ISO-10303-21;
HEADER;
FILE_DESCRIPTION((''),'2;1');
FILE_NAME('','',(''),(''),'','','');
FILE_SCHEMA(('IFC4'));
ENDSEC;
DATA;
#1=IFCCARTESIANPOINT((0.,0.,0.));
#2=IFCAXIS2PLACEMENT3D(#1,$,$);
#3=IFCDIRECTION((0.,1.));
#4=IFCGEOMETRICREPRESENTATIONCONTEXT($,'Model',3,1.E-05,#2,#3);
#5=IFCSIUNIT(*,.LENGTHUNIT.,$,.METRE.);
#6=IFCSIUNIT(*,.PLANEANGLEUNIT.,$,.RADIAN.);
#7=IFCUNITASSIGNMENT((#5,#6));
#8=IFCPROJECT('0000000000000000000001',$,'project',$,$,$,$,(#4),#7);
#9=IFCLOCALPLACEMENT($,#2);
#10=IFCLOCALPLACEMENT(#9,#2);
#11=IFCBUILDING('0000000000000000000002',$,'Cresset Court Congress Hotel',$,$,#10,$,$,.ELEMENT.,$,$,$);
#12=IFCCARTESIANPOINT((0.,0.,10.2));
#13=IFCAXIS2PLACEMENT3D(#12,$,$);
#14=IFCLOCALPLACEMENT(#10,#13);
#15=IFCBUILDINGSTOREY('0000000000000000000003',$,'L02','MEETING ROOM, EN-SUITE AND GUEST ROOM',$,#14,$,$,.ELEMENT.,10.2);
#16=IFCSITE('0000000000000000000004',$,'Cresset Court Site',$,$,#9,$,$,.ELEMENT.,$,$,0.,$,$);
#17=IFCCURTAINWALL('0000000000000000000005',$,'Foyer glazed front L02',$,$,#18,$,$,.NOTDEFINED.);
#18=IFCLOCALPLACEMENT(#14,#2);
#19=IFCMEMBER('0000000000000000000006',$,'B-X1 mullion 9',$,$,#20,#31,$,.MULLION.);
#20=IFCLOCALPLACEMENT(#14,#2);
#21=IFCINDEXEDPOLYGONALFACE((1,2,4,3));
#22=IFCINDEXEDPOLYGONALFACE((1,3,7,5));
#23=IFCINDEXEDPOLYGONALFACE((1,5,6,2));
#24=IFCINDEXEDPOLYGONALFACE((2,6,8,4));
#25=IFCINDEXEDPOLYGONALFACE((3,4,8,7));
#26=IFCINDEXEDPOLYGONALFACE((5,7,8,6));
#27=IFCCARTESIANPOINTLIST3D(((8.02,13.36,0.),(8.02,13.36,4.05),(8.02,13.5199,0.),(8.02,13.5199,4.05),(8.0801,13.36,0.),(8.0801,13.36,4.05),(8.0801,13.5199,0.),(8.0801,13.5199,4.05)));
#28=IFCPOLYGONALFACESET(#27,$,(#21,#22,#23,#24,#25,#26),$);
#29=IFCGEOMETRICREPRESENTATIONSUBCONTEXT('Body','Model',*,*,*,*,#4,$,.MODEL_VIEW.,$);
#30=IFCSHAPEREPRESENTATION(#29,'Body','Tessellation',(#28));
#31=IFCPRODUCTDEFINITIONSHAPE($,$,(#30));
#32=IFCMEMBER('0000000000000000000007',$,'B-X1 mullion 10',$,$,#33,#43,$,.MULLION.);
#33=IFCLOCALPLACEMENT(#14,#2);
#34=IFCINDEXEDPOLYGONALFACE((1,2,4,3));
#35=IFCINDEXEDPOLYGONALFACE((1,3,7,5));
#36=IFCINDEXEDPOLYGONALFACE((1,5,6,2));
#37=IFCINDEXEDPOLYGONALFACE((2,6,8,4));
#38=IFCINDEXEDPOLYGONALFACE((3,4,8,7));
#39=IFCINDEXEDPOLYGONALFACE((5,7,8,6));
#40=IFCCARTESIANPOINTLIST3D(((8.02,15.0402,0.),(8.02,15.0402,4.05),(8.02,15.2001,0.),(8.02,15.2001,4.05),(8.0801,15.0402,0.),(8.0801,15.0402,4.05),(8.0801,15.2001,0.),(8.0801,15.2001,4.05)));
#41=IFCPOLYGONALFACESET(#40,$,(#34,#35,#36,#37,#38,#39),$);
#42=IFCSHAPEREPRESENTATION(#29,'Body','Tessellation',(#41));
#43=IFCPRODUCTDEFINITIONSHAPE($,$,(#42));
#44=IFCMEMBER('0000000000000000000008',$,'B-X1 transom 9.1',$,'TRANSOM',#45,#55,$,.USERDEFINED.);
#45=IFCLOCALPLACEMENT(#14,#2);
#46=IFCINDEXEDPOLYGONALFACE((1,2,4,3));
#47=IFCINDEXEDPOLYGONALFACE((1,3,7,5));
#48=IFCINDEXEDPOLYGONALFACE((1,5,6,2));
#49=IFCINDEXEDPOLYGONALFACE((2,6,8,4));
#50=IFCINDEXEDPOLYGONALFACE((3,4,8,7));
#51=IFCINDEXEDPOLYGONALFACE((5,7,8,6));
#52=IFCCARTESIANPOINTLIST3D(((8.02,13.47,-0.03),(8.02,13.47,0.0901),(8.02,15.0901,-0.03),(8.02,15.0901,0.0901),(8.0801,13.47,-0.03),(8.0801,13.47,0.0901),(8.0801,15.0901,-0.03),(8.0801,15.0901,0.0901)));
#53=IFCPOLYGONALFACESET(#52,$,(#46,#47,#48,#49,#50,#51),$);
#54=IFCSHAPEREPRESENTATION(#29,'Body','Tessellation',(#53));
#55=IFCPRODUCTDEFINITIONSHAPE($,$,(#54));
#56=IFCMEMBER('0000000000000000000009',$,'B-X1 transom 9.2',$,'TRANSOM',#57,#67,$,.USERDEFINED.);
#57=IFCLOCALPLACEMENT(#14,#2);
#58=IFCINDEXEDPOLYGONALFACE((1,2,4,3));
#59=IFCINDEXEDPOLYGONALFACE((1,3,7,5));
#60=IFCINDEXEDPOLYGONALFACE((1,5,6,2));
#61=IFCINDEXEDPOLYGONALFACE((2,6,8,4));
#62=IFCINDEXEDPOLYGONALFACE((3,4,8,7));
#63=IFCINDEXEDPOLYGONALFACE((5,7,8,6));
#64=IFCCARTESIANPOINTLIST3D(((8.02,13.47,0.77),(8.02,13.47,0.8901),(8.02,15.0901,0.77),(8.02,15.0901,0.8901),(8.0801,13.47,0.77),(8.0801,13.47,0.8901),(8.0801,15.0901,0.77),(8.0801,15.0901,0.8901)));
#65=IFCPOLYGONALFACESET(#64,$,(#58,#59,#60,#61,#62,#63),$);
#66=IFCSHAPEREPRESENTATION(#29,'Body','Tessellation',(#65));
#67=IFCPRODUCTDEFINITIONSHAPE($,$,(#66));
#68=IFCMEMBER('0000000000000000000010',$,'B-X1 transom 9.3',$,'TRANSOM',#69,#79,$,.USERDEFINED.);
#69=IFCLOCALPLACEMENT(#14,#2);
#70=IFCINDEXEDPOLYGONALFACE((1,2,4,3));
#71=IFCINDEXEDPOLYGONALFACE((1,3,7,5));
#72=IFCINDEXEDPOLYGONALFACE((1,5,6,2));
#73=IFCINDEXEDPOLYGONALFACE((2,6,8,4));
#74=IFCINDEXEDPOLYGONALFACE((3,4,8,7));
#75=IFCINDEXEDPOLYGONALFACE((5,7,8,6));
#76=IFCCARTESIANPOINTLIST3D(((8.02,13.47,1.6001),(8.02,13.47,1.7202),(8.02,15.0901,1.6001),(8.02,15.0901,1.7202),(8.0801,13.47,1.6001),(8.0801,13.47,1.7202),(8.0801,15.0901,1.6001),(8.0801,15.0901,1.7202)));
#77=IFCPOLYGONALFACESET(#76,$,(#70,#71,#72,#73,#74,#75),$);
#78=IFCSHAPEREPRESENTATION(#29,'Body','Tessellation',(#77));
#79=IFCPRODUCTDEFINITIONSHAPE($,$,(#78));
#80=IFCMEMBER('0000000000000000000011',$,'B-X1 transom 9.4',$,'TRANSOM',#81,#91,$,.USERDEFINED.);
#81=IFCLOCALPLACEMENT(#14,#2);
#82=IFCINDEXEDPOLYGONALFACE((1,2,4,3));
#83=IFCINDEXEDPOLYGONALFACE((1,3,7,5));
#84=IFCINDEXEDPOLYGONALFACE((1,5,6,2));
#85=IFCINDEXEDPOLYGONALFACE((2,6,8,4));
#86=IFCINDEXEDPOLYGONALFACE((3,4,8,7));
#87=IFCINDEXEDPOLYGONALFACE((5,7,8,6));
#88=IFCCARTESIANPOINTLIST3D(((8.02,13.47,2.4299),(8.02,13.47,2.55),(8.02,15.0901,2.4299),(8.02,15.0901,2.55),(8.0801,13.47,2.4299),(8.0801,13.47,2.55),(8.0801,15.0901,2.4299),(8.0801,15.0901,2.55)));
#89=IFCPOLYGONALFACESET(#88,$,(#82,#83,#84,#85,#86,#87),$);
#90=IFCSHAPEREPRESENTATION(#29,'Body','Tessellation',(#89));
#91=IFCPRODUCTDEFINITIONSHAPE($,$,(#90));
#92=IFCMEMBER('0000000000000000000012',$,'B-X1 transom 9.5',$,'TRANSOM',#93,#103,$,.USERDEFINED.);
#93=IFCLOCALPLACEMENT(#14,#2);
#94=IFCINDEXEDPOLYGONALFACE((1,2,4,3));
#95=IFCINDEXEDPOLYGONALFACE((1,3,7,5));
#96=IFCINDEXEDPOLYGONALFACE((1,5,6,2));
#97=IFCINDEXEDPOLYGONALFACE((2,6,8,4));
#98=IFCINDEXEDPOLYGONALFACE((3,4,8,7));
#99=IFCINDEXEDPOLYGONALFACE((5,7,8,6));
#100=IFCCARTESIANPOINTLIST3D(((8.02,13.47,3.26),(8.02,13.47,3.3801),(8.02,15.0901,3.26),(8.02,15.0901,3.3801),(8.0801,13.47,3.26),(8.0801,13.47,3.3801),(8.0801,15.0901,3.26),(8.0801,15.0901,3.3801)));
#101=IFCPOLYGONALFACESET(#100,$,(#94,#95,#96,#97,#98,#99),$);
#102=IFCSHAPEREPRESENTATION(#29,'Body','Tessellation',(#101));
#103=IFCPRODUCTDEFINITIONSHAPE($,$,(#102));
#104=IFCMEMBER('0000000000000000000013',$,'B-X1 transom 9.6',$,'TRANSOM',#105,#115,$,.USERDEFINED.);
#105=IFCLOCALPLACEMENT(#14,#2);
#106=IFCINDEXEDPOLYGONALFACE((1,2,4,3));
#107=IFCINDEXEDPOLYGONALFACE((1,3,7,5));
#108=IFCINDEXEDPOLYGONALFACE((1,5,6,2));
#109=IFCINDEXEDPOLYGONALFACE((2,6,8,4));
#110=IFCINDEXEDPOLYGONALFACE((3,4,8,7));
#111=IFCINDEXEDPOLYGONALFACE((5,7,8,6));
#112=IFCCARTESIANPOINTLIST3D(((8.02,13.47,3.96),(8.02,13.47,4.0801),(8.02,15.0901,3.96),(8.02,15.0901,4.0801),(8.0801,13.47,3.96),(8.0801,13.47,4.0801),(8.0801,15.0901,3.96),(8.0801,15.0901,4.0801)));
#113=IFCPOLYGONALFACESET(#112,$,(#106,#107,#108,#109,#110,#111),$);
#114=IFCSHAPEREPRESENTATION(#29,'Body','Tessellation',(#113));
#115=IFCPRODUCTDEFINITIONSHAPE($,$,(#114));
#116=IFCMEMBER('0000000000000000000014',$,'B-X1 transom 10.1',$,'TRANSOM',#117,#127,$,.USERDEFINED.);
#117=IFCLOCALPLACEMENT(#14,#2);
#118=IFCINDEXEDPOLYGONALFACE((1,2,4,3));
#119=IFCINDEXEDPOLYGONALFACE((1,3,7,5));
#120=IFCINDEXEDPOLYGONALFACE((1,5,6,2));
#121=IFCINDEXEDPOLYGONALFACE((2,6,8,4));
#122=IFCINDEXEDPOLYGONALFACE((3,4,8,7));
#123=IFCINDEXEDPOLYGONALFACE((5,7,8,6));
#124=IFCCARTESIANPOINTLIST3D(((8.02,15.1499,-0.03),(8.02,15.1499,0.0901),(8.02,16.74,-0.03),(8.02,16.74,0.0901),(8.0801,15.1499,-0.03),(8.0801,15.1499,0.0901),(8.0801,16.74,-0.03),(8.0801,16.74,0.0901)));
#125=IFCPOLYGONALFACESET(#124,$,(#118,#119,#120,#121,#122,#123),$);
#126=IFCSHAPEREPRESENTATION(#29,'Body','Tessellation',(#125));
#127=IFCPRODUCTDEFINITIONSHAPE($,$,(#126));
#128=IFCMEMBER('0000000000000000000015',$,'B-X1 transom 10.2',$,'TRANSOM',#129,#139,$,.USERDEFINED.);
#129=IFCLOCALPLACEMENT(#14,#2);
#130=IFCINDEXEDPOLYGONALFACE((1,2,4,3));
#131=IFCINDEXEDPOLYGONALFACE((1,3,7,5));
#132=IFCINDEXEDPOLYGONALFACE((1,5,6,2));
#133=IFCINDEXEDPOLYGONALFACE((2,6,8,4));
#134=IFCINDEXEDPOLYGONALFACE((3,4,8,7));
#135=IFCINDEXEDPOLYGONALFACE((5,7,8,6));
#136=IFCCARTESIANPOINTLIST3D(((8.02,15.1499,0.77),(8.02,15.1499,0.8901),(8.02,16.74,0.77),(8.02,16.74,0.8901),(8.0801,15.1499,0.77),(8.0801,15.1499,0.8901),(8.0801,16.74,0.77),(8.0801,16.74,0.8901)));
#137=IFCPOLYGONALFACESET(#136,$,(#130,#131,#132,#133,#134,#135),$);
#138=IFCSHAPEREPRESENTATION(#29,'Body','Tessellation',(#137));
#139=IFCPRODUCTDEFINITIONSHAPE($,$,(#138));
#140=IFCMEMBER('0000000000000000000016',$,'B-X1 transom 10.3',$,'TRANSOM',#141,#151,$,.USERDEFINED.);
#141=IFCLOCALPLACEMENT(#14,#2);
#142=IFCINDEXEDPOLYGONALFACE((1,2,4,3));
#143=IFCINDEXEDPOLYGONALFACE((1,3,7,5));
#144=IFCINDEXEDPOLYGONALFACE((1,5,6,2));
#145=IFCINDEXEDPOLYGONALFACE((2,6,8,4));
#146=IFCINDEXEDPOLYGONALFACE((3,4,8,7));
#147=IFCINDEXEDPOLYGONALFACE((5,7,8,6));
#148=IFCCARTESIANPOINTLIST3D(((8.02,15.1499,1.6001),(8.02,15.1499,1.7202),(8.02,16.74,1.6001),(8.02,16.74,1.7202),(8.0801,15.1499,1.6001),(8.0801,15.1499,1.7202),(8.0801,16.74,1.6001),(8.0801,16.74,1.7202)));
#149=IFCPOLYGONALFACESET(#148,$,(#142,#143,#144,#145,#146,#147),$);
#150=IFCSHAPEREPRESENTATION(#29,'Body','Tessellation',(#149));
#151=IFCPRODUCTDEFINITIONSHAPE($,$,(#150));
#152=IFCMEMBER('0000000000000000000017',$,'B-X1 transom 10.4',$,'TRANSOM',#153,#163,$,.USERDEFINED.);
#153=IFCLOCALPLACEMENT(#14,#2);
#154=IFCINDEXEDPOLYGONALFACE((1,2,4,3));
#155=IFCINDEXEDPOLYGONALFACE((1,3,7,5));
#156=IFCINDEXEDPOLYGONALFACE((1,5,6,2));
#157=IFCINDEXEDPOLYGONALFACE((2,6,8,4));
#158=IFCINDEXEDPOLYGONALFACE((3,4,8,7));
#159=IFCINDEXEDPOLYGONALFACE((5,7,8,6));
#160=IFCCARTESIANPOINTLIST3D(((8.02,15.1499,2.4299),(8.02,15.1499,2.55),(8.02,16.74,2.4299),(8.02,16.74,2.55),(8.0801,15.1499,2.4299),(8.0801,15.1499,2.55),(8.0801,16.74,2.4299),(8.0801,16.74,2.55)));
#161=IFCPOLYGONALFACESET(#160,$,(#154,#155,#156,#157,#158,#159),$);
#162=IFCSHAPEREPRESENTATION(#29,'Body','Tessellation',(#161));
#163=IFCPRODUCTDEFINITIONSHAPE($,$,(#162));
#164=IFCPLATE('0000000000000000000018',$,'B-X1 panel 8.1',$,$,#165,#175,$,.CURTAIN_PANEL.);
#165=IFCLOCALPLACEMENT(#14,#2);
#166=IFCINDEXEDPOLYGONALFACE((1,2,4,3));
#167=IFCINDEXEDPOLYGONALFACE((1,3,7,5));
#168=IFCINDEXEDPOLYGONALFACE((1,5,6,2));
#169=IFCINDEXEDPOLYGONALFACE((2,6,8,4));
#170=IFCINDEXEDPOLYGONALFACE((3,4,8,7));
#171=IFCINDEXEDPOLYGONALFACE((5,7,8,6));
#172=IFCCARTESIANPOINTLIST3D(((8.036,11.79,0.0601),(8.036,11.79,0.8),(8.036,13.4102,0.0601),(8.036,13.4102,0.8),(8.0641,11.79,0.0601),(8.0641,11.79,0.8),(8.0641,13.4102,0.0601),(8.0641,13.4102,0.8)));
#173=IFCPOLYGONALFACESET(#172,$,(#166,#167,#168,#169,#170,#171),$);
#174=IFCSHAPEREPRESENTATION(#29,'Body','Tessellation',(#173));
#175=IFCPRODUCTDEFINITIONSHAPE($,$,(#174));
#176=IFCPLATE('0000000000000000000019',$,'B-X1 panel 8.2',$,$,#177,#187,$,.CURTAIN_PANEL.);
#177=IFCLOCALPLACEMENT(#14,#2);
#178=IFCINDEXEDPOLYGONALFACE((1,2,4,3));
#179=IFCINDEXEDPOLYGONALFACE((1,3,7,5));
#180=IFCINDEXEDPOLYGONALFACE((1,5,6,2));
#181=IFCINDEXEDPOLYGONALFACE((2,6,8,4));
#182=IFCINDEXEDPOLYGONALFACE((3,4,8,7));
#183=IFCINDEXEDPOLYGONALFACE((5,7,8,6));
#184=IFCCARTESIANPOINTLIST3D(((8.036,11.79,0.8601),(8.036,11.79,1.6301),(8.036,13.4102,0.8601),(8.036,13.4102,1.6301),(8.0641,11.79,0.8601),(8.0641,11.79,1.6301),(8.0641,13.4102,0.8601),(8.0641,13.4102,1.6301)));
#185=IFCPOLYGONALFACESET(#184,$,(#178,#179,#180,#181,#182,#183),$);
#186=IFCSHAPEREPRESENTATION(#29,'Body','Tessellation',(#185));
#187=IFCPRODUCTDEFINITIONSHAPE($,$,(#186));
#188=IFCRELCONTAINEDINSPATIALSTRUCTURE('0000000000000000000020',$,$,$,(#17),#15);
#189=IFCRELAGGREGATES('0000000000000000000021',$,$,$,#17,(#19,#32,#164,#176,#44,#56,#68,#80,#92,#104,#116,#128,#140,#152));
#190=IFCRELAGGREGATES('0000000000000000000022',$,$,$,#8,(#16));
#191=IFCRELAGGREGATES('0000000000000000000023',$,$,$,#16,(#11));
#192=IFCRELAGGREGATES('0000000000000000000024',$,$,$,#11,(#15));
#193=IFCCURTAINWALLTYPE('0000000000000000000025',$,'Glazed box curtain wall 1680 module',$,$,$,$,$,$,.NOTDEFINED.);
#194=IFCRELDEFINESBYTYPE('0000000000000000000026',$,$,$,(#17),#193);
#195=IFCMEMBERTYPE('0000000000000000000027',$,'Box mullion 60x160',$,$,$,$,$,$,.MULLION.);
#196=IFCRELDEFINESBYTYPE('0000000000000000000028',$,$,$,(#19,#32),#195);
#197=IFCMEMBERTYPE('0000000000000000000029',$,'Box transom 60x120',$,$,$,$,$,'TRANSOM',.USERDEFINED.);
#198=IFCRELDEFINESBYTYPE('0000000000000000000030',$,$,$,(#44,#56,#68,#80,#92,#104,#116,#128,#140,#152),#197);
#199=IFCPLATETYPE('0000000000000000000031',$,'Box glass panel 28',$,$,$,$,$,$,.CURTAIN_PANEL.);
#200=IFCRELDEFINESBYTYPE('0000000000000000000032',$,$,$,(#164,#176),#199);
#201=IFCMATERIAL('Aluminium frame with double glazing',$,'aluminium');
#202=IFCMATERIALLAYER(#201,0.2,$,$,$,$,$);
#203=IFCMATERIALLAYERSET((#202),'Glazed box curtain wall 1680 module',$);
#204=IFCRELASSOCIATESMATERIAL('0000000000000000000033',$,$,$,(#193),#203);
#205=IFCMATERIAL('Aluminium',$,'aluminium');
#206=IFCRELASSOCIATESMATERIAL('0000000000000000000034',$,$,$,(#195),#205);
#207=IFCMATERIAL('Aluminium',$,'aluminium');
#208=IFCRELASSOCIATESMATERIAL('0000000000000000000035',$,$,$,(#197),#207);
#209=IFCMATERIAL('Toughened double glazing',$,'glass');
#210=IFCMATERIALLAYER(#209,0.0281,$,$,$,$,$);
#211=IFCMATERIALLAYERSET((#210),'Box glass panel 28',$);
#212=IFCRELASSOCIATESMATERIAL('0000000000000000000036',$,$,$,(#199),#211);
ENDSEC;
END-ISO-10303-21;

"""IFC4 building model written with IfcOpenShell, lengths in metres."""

from ifc_helpers import new_model, si_unit, direction, frame, origin, origin_2d, place, context, subcontext, project, spatial, rectangle, extrude, material, layer, layer_set, material_profile, profile_set, type_object, element, aggregate, save


model = new_model("IFC4")

# Units and contexts
model_context = context("Model", 3, precision=1e-05, world=origin(), true_north=direction((0.0, 1.0)))
body_context = subcontext(model_context, "Body", "Model", "MODEL_VIEW")
ifc_project = project(units=[si_unit("LENGTHUNIT", "METRE"), si_unit("PLANEANGLEUNIT", "RADIAN")], contexts=[model_context])

# Site, building, storey
site_placement = place(None, origin())
site = spatial("IfcSite", under=ifc_project, at=site_placement, Name="Cresset Court Site", CompositionType="ELEMENT", RefElevation=0.0)
building_placement = place(site_placement, origin())
building = spatial("IfcBuilding", under=site, at=building_placement, Name="Cresset Court Congress Hotel", CompositionType="ELEMENT")
storey_placement = place(building_placement, frame((0.0, 0.0, 10.2)))
storey = spatial("IfcBuildingStorey", under=building, at=storey_placement, Name="L02", Description="MEETING ROOM, EN-SUITE AND GUEST ROOM", CompositionType="ELEMENT", Elevation=10.2)

# Curtain wall, members, plates
ifc_material_1 = material(Name="Aluminium frame with double glazing", Category="aluminium")
ifc_layer_1 = layer(ifc_material_1, 0.2)
ifc_layer_set_1 = layer_set([ifc_layer_1], Name="Glazed box curtain wall 1680 module")
curtain_wall_type = type_object("IfcCurtainWallType", Name="Glazed box curtain wall 1680 module", PredefinedType="NOTDEFINED", material=ifc_layer_set_1)
curtain_wall_placement = place(storey_placement, origin())
curtain_wall = element("IfcCurtainWall", 1, at=curtain_wall_placement, inside=storey, type_object=curtain_wall_type, Name="Foyer glazed front L02", PredefinedType="NOTDEFINED")
ifc_material_2 = material(Name="Aluminium", Category="aluminium")
ifc_material_profile_1 = material_profile(ifc_material_2, rectangle(XDim=0.0601, YDim=0.1599, at=origin_2d()), Name="Box mullion 60x160")
ifc_profile_set_1 = profile_set([ifc_material_profile_1], Name="Aluminium")
member_type_1 = type_object("IfcMemberType", Name="Box mullion 60x160", PredefinedType="MULLION", material=ifc_profile_set_1)
member_1_placement = place(storey_placement, frame((8.05, 13.4399, 0.0), z_axis=(0.0, 0.0, 1.0), x_axis=(-1.0, 0.0, 0.0)))
member_1 = element("IfcMember", 2, at=member_1_placement, type_object=member_type_1, Name="B-X1 mullion 9", PredefinedType="MULLION", context=body_context, shape_type="SweptSolid", body=[
    extrude(rectangle(XDim=0.0601, YDim=0.1599, at=origin_2d()), origin(), (0.0, 0.0, 1.0), 4.05),
])
member_2_placement = place(storey_placement, frame((8.05, 15.1201, 0.0), z_axis=(0.0, 0.0, 1.0), x_axis=(-1.0, 0.0, 0.0)))
member_2 = element("IfcMember", 3, at=member_2_placement, type_object=member_type_1, Name="B-X1 mullion 10", PredefinedType="MULLION", context=body_context, shape_type="SweptSolid", body=[
    extrude(rectangle(XDim=0.0601, YDim=0.1599, at=origin_2d()), origin(), (0.0, 0.0, 1.0), 4.05),
])
ifc_material_3 = material(Name="Aluminium", Category="aluminium")
ifc_material_profile_2 = material_profile(ifc_material_3, rectangle(XDim=0.0601, YDim=0.1201, at=origin_2d()), Name="Box transom 60x120")
ifc_profile_set_2 = profile_set([ifc_material_profile_2], Name="Aluminium")
member_type_2 = type_object("IfcMemberType", Name="Box transom 60x120", ElementType="TRANSOM", PredefinedType="USERDEFINED", material=ifc_profile_set_2)
member_3_placement = place(storey_placement, frame((8.05, 13.47, 0.03), z_axis=(0.0, 1.0, 0.0), x_axis=(-1.0, 0.0, 0.0)))
member_3 = element("IfcMember", 4, at=member_3_placement, type_object=member_type_2, Name="B-X1 transom 9.1", ObjectType="TRANSOM", PredefinedType="USERDEFINED", context=body_context, shape_type="SweptSolid", body=[
    extrude(rectangle(XDim=0.0601, YDim=0.1201, at=origin_2d()), origin(), (0.0, 0.0, 1.0), 1.6201),
])
member_4_placement = place(storey_placement, frame((8.05, 13.47, 0.8301), z_axis=(0.0, 1.0, 0.0), x_axis=(-1.0, 0.0, 0.0)))
member_4 = element("IfcMember", 5, at=member_4_placement, type_object=member_type_2, Name="B-X1 transom 9.2", ObjectType="TRANSOM", PredefinedType="USERDEFINED", context=body_context, shape_type="SweptSolid", body=[
    extrude(rectangle(XDim=0.0601, YDim=0.1201, at=origin_2d()), origin(), (0.0, 0.0, 1.0), 1.6201),
])
member_5_placement = place(storey_placement, frame((8.05, 13.47, 1.6602), z_axis=(0.0, 1.0, 0.0), x_axis=(-1.0, 0.0, 0.0)))
member_5 = element("IfcMember", 6, at=member_5_placement, type_object=member_type_2, Name="B-X1 transom 9.3", ObjectType="TRANSOM", PredefinedType="USERDEFINED", context=body_context, shape_type="SweptSolid", body=[
    extrude(rectangle(XDim=0.0601, YDim=0.1201, at=origin_2d()), origin(), (0.0, 0.0, 1.0), 1.6201),
])
member_6_placement = place(storey_placement, frame((8.05, 13.47, 2.49), z_axis=(0.0, 1.0, 0.0), x_axis=(-1.0, 0.0, 0.0)))
member_6 = element("IfcMember", 7, at=member_6_placement, type_object=member_type_2, Name="B-X1 transom 9.4", ObjectType="TRANSOM", PredefinedType="USERDEFINED", context=body_context, shape_type="SweptSolid", body=[
    extrude(rectangle(XDim=0.0601, YDim=0.1201, at=origin_2d()), origin(), (0.0, 0.0, 1.0), 1.6201),
])
member_7_placement = place(storey_placement, frame((8.05, 13.47, 3.3201), z_axis=(0.0, 1.0, 0.0), x_axis=(-1.0, 0.0, 0.0)))
member_7 = element("IfcMember", 8, at=member_7_placement, type_object=member_type_2, Name="B-X1 transom 9.5", ObjectType="TRANSOM", PredefinedType="USERDEFINED", context=body_context, shape_type="SweptSolid", body=[
    extrude(rectangle(XDim=0.0601, YDim=0.1201, at=origin_2d()), origin(), (0.0, 0.0, 1.0), 1.6201),
])
member_8_placement = place(storey_placement, frame((8.05, 13.47, 4.02), z_axis=(0.0, 1.0, 0.0), x_axis=(-1.0, 0.0, 0.0)))
member_8 = element("IfcMember", 9, at=member_8_placement, type_object=member_type_2, Name="B-X1 transom 9.6", ObjectType="TRANSOM", PredefinedType="USERDEFINED", context=body_context, shape_type="SweptSolid", body=[
    extrude(rectangle(XDim=0.0601, YDim=0.1201, at=origin_2d()), origin(), (0.0, 0.0, 1.0), 1.6201),
])
member_9_placement = place(storey_placement, frame((8.05, 15.1499, 0.03), z_axis=(0.0, 1.0, 0.0), x_axis=(-1.0, 0.0, 0.0)))
member_9 = element("IfcMember", 10, at=member_9_placement, type_object=member_type_2, Name="B-X1 transom 10.1", ObjectType="TRANSOM", PredefinedType="USERDEFINED", context=body_context, shape_type="SweptSolid", body=[
    extrude(rectangle(XDim=0.0601, YDim=0.1201, at=origin_2d()), origin(), (0.0, 0.0, 1.0), 1.5901),
])
member_10_placement = place(storey_placement, frame((8.05, 15.1499, 0.8301), z_axis=(0.0, 1.0, 0.0), x_axis=(-1.0, 0.0, 0.0)))
member_10 = element("IfcMember", 11, at=member_10_placement, type_object=member_type_2, Name="B-X1 transom 10.2", ObjectType="TRANSOM", PredefinedType="USERDEFINED", context=body_context, shape_type="SweptSolid", body=[
    extrude(rectangle(XDim=0.0601, YDim=0.1201, at=origin_2d()), origin(), (0.0, 0.0, 1.0), 1.5901),
])
member_11_placement = place(storey_placement, frame((8.05, 15.1499, 1.6602), z_axis=(0.0, 1.0, 0.0), x_axis=(-1.0, 0.0, 0.0)))
member_11 = element("IfcMember", 12, at=member_11_placement, type_object=member_type_2, Name="B-X1 transom 10.3", ObjectType="TRANSOM", PredefinedType="USERDEFINED", context=body_context, shape_type="SweptSolid", body=[
    extrude(rectangle(XDim=0.0601, YDim=0.1201, at=origin_2d()), origin(), (0.0, 0.0, 1.0), 1.5901),
])
member_12_placement = place(storey_placement, frame((8.05, 15.1499, 2.49), z_axis=(0.0, 1.0, 0.0), x_axis=(-1.0, 0.0, 0.0)))
member_12 = element("IfcMember", 13, at=member_12_placement, type_object=member_type_2, Name="B-X1 transom 10.4", ObjectType="TRANSOM", PredefinedType="USERDEFINED", context=body_context, shape_type="SweptSolid", body=[
    extrude(rectangle(XDim=0.0601, YDim=0.1201, at=origin_2d()), origin(), (0.0, 0.0, 1.0), 1.5901),
])
ifc_material_4 = material(Name="Toughened double glazing", Category="glass")
ifc_layer_2 = layer(ifc_material_4, 0.0281)
ifc_layer_set_2 = layer_set([ifc_layer_2], Name="Box glass panel 28")
plate_type_1 = type_object("IfcPlateType", Name="Box glass panel 28", PredefinedType="CURTAIN_PANEL", material=ifc_layer_set_2)
plate_1_placement = place(storey_placement, frame((8.05, 12.6001, 0.0601), z_axis=(0.0, 0.0, 1.0), x_axis=(0.0, 1.0, 0.0)))
plate_1 = element("IfcPlate", 14, at=plate_1_placement, type_object=plate_type_1, Name="B-X1 panel 8.1", PredefinedType="CURTAIN_PANEL", context=body_context, shape_type="SweptSolid", body=[
    extrude(rectangle(XDim=1.6201, YDim=0.0281, at=origin_2d()), origin(), (0.0, 0.0, 1.0), 0.74),
])
plate_2_placement = place(storey_placement, frame((8.05, 12.6001, 0.8601), z_axis=(0.0, 0.0, 1.0), x_axis=(0.0, 1.0, 0.0)))
plate_2 = element("IfcPlate", 15, at=plate_2_placement, type_object=plate_type_1, Name="B-X1 panel 8.2", PredefinedType="CURTAIN_PANEL", context=body_context, shape_type="SweptSolid", body=[
    extrude(rectangle(XDim=1.6201, YDim=0.0281, at=origin_2d()), origin(), (0.0, 0.0, 1.0), 0.77),
])
aggregate(curtain_wall, [member_1, member_2, plate_1, plate_2, member_3, member_4, member_5, member_6, member_7, member_8, member_9, member_10, member_11, member_12])

save(model, "model.ifc")
